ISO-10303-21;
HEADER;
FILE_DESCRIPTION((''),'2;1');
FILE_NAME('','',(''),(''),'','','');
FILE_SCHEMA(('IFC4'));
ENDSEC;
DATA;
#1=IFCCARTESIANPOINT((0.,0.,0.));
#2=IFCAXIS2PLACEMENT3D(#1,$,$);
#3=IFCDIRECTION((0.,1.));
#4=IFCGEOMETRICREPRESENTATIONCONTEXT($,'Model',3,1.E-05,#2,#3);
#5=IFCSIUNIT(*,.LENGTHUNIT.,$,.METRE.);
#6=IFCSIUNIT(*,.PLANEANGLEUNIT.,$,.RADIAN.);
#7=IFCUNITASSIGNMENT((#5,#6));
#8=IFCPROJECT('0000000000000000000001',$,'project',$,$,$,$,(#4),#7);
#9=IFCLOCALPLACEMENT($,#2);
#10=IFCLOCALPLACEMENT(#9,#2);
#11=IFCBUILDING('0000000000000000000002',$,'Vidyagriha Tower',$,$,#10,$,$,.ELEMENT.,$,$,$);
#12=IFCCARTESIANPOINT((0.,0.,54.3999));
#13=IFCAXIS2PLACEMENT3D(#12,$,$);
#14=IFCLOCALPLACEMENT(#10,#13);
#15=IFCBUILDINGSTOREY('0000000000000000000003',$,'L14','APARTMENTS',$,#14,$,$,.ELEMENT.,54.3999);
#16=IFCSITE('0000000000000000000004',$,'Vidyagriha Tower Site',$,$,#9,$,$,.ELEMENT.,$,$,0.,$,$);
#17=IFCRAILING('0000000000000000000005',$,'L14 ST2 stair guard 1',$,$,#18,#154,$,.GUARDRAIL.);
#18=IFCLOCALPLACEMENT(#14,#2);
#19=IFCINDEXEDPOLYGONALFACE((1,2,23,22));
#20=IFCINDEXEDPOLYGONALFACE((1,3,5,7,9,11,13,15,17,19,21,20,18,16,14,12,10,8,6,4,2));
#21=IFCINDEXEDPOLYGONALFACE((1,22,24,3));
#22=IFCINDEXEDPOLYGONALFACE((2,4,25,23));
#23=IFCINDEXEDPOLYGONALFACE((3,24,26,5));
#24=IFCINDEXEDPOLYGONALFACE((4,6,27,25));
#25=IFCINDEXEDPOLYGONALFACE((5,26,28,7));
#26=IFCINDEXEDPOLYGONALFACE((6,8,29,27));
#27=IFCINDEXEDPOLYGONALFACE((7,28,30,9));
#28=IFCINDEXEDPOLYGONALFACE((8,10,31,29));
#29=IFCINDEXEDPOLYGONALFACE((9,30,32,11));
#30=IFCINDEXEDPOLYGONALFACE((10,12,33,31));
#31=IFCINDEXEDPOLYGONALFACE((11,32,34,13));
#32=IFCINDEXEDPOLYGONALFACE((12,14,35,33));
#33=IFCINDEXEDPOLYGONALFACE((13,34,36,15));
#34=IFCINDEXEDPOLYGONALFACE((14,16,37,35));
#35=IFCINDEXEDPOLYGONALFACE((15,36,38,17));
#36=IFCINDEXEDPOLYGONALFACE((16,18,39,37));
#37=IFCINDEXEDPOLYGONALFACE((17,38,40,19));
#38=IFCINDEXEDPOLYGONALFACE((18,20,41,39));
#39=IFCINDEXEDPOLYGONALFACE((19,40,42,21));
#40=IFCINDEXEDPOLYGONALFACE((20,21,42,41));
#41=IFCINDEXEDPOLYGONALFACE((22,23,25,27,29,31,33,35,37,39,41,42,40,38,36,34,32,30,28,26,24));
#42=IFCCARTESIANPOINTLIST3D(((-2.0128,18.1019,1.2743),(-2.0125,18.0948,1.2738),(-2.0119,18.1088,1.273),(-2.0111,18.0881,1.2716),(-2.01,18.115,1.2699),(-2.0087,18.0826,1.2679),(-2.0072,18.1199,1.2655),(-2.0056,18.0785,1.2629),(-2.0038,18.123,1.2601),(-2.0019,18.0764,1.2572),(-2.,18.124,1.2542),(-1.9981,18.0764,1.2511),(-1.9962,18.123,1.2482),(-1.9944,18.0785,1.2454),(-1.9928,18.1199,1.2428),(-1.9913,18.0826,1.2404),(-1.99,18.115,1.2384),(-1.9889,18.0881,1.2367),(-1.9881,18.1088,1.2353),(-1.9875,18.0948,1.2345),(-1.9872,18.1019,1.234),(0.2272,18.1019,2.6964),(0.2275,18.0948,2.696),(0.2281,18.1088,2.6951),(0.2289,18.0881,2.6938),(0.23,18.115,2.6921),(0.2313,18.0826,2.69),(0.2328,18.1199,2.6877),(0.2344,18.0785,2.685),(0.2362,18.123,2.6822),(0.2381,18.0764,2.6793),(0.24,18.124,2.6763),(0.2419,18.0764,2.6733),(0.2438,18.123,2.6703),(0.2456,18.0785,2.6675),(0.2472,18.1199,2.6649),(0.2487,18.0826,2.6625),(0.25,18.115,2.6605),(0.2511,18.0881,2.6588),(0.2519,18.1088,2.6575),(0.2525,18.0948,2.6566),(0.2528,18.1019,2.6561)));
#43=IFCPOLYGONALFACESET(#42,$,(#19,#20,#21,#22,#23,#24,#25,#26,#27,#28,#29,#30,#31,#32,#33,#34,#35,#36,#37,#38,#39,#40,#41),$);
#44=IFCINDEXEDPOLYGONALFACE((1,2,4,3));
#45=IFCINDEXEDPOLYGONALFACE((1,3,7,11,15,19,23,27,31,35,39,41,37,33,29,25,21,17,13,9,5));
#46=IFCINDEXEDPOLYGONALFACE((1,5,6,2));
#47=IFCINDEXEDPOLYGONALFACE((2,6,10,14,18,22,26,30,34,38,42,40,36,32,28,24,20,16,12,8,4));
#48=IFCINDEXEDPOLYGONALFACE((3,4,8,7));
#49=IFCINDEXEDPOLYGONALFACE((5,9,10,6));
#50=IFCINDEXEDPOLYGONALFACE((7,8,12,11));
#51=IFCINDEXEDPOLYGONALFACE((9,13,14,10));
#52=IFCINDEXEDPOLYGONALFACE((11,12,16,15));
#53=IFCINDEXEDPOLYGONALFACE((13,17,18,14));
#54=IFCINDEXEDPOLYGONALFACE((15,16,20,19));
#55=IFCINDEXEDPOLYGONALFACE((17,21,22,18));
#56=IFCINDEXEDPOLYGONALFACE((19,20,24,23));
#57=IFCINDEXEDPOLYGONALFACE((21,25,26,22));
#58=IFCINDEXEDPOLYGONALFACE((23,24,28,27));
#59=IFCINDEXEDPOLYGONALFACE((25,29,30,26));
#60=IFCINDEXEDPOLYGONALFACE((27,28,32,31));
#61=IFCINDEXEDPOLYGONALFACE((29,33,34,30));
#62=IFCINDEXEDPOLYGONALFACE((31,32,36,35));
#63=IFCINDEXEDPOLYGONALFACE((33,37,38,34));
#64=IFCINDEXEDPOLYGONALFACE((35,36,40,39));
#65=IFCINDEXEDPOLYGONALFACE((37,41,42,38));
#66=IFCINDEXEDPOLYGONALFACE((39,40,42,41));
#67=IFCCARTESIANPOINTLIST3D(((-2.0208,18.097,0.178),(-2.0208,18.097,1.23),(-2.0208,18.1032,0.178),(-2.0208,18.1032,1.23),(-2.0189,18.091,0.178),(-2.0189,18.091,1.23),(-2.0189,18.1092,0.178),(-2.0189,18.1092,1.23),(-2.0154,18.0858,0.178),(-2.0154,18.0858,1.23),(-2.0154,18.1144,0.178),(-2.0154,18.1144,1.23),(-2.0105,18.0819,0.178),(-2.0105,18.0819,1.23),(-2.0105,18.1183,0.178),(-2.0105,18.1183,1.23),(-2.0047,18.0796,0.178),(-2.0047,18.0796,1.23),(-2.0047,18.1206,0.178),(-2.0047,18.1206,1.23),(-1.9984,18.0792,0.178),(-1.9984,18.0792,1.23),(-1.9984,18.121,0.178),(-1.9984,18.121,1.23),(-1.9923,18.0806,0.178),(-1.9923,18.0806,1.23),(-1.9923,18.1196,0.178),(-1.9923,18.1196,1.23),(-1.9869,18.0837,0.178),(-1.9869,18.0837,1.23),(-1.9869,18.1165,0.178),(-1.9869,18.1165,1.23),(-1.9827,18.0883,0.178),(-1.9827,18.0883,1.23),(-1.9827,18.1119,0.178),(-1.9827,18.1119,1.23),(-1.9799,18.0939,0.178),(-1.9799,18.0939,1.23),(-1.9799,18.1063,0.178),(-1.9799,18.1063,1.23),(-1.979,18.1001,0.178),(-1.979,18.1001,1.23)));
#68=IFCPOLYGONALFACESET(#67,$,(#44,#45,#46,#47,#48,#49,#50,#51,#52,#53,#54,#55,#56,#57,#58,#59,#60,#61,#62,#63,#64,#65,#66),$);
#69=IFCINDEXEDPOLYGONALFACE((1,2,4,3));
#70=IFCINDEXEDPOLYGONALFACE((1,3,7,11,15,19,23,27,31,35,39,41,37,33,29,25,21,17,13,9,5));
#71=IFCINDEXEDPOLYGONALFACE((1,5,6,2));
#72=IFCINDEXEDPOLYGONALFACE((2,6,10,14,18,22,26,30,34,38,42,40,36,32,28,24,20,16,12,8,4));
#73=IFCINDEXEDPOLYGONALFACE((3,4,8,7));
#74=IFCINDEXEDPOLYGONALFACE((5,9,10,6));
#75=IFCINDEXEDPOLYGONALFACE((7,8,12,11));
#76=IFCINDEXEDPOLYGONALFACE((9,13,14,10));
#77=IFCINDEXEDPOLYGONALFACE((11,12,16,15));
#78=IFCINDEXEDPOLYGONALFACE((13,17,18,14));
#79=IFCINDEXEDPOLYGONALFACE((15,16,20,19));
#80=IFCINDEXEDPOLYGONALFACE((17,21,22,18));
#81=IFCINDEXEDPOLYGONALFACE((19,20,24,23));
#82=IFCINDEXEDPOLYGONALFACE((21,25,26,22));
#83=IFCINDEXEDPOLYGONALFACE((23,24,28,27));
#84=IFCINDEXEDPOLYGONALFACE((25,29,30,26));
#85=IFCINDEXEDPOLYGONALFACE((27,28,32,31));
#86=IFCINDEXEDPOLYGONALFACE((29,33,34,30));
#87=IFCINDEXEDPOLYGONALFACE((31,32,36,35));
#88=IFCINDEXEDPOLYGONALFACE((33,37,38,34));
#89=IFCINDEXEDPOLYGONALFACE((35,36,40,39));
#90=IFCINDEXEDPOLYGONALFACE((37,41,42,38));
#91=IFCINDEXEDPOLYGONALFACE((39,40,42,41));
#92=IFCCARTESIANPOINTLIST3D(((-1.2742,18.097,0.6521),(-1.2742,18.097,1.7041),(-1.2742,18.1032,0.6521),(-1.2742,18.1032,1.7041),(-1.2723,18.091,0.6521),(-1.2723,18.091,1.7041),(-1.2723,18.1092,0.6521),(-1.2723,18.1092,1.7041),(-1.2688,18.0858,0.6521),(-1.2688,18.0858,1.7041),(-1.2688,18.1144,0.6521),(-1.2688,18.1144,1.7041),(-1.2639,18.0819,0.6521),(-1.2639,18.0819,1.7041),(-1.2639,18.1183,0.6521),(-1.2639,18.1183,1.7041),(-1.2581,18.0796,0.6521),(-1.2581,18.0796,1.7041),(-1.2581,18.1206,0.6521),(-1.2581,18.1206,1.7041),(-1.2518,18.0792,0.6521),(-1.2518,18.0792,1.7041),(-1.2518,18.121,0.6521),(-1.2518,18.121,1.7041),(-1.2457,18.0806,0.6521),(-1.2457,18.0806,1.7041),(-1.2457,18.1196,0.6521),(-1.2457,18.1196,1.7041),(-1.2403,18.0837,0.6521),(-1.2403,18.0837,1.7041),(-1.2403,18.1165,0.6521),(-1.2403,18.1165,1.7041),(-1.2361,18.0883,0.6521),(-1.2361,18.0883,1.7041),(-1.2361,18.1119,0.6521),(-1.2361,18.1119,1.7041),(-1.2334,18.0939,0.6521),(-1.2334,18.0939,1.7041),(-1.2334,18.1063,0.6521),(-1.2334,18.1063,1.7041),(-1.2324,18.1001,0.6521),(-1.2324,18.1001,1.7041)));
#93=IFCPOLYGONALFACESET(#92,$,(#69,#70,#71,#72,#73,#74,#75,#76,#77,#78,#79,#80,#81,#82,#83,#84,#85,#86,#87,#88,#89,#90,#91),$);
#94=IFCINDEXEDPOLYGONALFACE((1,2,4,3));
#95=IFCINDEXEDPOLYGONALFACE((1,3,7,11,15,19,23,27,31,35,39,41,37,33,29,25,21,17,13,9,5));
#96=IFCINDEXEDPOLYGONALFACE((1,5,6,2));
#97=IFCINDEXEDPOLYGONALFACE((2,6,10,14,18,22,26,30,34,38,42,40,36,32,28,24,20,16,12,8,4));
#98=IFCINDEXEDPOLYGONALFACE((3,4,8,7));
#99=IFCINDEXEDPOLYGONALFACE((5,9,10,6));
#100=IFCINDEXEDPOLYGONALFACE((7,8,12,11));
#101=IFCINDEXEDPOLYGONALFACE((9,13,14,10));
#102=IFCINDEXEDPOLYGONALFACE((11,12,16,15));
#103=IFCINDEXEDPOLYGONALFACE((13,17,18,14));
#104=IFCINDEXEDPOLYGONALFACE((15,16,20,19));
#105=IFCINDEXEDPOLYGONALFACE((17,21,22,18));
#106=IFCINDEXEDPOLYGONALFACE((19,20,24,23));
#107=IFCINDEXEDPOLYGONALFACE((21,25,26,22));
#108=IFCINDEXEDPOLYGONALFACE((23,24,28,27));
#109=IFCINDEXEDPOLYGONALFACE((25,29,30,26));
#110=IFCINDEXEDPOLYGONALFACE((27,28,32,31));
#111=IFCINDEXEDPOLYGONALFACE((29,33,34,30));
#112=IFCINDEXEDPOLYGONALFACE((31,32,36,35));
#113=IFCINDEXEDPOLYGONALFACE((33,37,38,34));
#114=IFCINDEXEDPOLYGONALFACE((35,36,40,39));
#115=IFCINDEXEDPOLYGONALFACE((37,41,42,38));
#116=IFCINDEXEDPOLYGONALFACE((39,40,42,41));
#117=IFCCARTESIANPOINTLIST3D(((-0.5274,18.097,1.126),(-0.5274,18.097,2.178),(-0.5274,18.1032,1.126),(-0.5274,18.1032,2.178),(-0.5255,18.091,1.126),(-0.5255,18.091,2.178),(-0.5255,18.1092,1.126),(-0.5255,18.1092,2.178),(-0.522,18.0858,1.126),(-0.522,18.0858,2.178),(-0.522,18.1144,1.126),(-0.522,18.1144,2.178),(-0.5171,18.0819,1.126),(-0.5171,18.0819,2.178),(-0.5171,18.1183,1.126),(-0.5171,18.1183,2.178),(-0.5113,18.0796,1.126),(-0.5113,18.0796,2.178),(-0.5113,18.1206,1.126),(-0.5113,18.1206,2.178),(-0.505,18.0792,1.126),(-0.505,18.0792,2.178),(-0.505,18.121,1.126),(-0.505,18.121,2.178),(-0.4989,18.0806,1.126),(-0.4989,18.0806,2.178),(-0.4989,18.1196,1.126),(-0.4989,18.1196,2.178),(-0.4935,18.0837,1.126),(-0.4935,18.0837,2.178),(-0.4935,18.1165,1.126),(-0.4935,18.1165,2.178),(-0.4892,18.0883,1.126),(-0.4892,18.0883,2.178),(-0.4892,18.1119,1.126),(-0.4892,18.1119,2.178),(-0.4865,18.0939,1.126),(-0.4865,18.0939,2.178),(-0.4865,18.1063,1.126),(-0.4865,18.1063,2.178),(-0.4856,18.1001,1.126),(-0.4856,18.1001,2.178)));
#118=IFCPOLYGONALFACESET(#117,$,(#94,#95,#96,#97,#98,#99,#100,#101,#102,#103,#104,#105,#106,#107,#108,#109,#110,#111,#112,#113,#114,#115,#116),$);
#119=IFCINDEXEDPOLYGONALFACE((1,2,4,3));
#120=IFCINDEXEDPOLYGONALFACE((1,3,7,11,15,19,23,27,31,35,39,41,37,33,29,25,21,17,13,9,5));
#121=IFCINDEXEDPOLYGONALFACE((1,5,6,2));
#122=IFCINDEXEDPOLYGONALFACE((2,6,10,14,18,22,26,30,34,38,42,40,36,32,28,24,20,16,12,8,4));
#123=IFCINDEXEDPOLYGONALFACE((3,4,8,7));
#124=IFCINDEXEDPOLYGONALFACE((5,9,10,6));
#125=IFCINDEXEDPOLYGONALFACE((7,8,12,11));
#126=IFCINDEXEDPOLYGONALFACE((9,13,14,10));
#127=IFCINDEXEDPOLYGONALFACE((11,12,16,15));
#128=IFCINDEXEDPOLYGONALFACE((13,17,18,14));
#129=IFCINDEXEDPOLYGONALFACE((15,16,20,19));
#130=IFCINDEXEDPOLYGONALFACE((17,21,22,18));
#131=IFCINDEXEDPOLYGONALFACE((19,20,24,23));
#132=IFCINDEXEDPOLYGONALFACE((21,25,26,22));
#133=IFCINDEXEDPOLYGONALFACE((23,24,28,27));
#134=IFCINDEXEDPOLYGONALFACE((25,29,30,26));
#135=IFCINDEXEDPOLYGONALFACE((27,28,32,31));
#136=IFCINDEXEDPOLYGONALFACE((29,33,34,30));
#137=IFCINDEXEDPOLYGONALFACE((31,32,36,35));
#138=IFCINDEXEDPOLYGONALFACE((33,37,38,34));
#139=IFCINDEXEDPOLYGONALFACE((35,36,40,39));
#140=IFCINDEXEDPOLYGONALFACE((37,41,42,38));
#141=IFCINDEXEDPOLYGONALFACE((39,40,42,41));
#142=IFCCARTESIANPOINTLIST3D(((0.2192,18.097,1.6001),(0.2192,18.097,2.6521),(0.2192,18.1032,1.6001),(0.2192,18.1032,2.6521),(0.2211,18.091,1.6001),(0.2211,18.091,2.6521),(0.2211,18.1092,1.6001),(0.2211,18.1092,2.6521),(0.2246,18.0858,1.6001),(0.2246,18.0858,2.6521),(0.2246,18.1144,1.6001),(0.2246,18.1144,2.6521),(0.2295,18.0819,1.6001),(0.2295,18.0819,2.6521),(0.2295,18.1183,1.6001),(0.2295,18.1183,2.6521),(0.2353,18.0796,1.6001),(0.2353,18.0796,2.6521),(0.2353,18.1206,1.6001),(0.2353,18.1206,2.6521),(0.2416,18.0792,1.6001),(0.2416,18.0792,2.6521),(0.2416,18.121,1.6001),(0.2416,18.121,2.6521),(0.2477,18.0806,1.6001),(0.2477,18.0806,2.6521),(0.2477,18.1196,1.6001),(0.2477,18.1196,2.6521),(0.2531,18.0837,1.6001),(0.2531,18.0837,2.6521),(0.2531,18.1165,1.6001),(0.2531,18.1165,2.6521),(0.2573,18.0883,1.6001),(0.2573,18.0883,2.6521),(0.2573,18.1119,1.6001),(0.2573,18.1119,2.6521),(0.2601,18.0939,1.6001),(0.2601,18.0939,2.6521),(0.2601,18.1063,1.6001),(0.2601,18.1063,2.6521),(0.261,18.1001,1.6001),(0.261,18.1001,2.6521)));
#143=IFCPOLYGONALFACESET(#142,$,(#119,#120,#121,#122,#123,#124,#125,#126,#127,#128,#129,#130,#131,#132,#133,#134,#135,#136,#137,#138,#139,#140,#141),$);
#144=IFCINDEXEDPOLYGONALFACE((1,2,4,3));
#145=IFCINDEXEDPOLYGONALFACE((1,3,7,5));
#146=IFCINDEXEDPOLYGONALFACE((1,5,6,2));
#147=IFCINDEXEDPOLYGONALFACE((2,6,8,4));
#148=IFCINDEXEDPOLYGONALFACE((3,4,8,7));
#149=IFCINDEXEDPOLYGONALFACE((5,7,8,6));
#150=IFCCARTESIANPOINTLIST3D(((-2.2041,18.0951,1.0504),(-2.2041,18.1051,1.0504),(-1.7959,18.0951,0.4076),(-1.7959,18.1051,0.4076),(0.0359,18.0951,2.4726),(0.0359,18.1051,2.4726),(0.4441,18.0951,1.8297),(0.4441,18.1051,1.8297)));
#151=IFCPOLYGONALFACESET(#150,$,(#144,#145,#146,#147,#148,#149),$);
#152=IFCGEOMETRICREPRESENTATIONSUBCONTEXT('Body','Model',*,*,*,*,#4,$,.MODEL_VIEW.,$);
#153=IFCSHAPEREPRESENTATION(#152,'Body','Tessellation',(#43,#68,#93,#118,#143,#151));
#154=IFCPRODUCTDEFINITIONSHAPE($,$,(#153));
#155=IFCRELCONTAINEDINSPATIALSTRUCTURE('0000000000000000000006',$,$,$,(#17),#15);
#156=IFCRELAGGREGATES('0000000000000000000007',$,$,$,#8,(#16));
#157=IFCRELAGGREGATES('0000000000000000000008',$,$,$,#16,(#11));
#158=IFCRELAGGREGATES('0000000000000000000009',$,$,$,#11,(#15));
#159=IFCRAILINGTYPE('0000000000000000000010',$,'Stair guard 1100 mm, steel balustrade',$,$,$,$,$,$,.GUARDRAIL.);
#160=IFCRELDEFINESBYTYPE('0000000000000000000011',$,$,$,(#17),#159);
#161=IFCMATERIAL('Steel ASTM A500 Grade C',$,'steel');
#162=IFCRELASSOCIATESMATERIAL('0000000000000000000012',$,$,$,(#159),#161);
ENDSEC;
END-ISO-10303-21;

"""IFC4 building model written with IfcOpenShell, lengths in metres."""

from ifc_helpers import new_model, si_unit, direction, frame, origin, origin_2d, place, context, subcontext, project, spatial, rectangle, circle, extrude, material, type_object, element, save


model = new_model("IFC4")

# Units and contexts
model_context = context("Model", 3, precision=1e-05, world=origin(), true_north=direction((0.0, 1.0)))
body_context = subcontext(model_context, "Body", "Model", "MODEL_VIEW")
ifc_project = project(units=[si_unit("LENGTHUNIT", "METRE"), si_unit("PLANEANGLEUNIT", "RADIAN")], contexts=[model_context])

# Site, building, storey
site_placement = place(None, origin())
site = spatial("IfcSite", under=ifc_project, at=site_placement, Name="Vidyagriha Tower Site", CompositionType="ELEMENT", RefElevation=0.0)
building_placement = place(site_placement, origin())
building = spatial("IfcBuilding", under=site, at=building_placement, Name="Vidyagriha Tower", CompositionType="ELEMENT")
storey_placement = place(building_placement, frame((0.0, 0.0, 54.3999)))
storey = spatial("IfcBuildingStorey", under=building, at=storey_placement, Name="L14", Description="APARTMENTS", CompositionType="ELEMENT", Elevation=54.3999)

# Railing
ifc_material_1 = material(Name="Steel ASTM A500 Grade C", Category="steel")
railing_type_1 = type_object("IfcRailingType", Name="Stair guard 1100 mm, steel balustrade", PredefinedType="GUARDRAIL", material=ifc_material_1)
railing_1_placement = place(storey_placement, frame((-2.0, 18.1001, 0.178)))
element("IfcRailing", 1, at=railing_1_placement, inside=storey, type_object=railing_type_1, Name="L14 ST2 stair guard 1", PredefinedType="GUARDRAIL", context=body_context, shape_type="SweptSolid", body=[
    extrude(circle(Radius=0.0239, at=origin_2d()), frame((0.0, 0.0, 1.0762), z_axis=(0.844229, 0.0, 0.535982), x_axis=(0.0, 1.0, 0.0)), (0.0, 0.0, 1.0), 2.6533),
    extrude(circle(Radius=0.021, at=origin_2d()), origin(), (0.0, 0.0, 1.0), 1.052),
    extrude(circle(Radius=0.021, at=origin_2d()), frame((0.7466, 0.0, 0.4741)), (0.0, 0.0, 1.0), 1.052),
    extrude(circle(Radius=0.021, at=origin_2d()), frame((1.4934, 0.0, 0.948)), (0.0, 0.0, 1.0), 1.052),
    extrude(circle(Radius=0.021, at=origin_2d()), frame((2.24, 0.0, 1.4221)), (0.0, 0.0, 1.0), 1.052),
    extrude(rectangle(XDim=0.01, YDim=0.7615, at=origin_2d()), frame((0.0, 0.0, 0.551), z_axis=(0.844229, 0.0, 0.535982), x_axis=(0.0, 1.0, 0.0)), (0.0, 0.0, 1.0), 2.6533),
])

save(model, "model.ifc")
